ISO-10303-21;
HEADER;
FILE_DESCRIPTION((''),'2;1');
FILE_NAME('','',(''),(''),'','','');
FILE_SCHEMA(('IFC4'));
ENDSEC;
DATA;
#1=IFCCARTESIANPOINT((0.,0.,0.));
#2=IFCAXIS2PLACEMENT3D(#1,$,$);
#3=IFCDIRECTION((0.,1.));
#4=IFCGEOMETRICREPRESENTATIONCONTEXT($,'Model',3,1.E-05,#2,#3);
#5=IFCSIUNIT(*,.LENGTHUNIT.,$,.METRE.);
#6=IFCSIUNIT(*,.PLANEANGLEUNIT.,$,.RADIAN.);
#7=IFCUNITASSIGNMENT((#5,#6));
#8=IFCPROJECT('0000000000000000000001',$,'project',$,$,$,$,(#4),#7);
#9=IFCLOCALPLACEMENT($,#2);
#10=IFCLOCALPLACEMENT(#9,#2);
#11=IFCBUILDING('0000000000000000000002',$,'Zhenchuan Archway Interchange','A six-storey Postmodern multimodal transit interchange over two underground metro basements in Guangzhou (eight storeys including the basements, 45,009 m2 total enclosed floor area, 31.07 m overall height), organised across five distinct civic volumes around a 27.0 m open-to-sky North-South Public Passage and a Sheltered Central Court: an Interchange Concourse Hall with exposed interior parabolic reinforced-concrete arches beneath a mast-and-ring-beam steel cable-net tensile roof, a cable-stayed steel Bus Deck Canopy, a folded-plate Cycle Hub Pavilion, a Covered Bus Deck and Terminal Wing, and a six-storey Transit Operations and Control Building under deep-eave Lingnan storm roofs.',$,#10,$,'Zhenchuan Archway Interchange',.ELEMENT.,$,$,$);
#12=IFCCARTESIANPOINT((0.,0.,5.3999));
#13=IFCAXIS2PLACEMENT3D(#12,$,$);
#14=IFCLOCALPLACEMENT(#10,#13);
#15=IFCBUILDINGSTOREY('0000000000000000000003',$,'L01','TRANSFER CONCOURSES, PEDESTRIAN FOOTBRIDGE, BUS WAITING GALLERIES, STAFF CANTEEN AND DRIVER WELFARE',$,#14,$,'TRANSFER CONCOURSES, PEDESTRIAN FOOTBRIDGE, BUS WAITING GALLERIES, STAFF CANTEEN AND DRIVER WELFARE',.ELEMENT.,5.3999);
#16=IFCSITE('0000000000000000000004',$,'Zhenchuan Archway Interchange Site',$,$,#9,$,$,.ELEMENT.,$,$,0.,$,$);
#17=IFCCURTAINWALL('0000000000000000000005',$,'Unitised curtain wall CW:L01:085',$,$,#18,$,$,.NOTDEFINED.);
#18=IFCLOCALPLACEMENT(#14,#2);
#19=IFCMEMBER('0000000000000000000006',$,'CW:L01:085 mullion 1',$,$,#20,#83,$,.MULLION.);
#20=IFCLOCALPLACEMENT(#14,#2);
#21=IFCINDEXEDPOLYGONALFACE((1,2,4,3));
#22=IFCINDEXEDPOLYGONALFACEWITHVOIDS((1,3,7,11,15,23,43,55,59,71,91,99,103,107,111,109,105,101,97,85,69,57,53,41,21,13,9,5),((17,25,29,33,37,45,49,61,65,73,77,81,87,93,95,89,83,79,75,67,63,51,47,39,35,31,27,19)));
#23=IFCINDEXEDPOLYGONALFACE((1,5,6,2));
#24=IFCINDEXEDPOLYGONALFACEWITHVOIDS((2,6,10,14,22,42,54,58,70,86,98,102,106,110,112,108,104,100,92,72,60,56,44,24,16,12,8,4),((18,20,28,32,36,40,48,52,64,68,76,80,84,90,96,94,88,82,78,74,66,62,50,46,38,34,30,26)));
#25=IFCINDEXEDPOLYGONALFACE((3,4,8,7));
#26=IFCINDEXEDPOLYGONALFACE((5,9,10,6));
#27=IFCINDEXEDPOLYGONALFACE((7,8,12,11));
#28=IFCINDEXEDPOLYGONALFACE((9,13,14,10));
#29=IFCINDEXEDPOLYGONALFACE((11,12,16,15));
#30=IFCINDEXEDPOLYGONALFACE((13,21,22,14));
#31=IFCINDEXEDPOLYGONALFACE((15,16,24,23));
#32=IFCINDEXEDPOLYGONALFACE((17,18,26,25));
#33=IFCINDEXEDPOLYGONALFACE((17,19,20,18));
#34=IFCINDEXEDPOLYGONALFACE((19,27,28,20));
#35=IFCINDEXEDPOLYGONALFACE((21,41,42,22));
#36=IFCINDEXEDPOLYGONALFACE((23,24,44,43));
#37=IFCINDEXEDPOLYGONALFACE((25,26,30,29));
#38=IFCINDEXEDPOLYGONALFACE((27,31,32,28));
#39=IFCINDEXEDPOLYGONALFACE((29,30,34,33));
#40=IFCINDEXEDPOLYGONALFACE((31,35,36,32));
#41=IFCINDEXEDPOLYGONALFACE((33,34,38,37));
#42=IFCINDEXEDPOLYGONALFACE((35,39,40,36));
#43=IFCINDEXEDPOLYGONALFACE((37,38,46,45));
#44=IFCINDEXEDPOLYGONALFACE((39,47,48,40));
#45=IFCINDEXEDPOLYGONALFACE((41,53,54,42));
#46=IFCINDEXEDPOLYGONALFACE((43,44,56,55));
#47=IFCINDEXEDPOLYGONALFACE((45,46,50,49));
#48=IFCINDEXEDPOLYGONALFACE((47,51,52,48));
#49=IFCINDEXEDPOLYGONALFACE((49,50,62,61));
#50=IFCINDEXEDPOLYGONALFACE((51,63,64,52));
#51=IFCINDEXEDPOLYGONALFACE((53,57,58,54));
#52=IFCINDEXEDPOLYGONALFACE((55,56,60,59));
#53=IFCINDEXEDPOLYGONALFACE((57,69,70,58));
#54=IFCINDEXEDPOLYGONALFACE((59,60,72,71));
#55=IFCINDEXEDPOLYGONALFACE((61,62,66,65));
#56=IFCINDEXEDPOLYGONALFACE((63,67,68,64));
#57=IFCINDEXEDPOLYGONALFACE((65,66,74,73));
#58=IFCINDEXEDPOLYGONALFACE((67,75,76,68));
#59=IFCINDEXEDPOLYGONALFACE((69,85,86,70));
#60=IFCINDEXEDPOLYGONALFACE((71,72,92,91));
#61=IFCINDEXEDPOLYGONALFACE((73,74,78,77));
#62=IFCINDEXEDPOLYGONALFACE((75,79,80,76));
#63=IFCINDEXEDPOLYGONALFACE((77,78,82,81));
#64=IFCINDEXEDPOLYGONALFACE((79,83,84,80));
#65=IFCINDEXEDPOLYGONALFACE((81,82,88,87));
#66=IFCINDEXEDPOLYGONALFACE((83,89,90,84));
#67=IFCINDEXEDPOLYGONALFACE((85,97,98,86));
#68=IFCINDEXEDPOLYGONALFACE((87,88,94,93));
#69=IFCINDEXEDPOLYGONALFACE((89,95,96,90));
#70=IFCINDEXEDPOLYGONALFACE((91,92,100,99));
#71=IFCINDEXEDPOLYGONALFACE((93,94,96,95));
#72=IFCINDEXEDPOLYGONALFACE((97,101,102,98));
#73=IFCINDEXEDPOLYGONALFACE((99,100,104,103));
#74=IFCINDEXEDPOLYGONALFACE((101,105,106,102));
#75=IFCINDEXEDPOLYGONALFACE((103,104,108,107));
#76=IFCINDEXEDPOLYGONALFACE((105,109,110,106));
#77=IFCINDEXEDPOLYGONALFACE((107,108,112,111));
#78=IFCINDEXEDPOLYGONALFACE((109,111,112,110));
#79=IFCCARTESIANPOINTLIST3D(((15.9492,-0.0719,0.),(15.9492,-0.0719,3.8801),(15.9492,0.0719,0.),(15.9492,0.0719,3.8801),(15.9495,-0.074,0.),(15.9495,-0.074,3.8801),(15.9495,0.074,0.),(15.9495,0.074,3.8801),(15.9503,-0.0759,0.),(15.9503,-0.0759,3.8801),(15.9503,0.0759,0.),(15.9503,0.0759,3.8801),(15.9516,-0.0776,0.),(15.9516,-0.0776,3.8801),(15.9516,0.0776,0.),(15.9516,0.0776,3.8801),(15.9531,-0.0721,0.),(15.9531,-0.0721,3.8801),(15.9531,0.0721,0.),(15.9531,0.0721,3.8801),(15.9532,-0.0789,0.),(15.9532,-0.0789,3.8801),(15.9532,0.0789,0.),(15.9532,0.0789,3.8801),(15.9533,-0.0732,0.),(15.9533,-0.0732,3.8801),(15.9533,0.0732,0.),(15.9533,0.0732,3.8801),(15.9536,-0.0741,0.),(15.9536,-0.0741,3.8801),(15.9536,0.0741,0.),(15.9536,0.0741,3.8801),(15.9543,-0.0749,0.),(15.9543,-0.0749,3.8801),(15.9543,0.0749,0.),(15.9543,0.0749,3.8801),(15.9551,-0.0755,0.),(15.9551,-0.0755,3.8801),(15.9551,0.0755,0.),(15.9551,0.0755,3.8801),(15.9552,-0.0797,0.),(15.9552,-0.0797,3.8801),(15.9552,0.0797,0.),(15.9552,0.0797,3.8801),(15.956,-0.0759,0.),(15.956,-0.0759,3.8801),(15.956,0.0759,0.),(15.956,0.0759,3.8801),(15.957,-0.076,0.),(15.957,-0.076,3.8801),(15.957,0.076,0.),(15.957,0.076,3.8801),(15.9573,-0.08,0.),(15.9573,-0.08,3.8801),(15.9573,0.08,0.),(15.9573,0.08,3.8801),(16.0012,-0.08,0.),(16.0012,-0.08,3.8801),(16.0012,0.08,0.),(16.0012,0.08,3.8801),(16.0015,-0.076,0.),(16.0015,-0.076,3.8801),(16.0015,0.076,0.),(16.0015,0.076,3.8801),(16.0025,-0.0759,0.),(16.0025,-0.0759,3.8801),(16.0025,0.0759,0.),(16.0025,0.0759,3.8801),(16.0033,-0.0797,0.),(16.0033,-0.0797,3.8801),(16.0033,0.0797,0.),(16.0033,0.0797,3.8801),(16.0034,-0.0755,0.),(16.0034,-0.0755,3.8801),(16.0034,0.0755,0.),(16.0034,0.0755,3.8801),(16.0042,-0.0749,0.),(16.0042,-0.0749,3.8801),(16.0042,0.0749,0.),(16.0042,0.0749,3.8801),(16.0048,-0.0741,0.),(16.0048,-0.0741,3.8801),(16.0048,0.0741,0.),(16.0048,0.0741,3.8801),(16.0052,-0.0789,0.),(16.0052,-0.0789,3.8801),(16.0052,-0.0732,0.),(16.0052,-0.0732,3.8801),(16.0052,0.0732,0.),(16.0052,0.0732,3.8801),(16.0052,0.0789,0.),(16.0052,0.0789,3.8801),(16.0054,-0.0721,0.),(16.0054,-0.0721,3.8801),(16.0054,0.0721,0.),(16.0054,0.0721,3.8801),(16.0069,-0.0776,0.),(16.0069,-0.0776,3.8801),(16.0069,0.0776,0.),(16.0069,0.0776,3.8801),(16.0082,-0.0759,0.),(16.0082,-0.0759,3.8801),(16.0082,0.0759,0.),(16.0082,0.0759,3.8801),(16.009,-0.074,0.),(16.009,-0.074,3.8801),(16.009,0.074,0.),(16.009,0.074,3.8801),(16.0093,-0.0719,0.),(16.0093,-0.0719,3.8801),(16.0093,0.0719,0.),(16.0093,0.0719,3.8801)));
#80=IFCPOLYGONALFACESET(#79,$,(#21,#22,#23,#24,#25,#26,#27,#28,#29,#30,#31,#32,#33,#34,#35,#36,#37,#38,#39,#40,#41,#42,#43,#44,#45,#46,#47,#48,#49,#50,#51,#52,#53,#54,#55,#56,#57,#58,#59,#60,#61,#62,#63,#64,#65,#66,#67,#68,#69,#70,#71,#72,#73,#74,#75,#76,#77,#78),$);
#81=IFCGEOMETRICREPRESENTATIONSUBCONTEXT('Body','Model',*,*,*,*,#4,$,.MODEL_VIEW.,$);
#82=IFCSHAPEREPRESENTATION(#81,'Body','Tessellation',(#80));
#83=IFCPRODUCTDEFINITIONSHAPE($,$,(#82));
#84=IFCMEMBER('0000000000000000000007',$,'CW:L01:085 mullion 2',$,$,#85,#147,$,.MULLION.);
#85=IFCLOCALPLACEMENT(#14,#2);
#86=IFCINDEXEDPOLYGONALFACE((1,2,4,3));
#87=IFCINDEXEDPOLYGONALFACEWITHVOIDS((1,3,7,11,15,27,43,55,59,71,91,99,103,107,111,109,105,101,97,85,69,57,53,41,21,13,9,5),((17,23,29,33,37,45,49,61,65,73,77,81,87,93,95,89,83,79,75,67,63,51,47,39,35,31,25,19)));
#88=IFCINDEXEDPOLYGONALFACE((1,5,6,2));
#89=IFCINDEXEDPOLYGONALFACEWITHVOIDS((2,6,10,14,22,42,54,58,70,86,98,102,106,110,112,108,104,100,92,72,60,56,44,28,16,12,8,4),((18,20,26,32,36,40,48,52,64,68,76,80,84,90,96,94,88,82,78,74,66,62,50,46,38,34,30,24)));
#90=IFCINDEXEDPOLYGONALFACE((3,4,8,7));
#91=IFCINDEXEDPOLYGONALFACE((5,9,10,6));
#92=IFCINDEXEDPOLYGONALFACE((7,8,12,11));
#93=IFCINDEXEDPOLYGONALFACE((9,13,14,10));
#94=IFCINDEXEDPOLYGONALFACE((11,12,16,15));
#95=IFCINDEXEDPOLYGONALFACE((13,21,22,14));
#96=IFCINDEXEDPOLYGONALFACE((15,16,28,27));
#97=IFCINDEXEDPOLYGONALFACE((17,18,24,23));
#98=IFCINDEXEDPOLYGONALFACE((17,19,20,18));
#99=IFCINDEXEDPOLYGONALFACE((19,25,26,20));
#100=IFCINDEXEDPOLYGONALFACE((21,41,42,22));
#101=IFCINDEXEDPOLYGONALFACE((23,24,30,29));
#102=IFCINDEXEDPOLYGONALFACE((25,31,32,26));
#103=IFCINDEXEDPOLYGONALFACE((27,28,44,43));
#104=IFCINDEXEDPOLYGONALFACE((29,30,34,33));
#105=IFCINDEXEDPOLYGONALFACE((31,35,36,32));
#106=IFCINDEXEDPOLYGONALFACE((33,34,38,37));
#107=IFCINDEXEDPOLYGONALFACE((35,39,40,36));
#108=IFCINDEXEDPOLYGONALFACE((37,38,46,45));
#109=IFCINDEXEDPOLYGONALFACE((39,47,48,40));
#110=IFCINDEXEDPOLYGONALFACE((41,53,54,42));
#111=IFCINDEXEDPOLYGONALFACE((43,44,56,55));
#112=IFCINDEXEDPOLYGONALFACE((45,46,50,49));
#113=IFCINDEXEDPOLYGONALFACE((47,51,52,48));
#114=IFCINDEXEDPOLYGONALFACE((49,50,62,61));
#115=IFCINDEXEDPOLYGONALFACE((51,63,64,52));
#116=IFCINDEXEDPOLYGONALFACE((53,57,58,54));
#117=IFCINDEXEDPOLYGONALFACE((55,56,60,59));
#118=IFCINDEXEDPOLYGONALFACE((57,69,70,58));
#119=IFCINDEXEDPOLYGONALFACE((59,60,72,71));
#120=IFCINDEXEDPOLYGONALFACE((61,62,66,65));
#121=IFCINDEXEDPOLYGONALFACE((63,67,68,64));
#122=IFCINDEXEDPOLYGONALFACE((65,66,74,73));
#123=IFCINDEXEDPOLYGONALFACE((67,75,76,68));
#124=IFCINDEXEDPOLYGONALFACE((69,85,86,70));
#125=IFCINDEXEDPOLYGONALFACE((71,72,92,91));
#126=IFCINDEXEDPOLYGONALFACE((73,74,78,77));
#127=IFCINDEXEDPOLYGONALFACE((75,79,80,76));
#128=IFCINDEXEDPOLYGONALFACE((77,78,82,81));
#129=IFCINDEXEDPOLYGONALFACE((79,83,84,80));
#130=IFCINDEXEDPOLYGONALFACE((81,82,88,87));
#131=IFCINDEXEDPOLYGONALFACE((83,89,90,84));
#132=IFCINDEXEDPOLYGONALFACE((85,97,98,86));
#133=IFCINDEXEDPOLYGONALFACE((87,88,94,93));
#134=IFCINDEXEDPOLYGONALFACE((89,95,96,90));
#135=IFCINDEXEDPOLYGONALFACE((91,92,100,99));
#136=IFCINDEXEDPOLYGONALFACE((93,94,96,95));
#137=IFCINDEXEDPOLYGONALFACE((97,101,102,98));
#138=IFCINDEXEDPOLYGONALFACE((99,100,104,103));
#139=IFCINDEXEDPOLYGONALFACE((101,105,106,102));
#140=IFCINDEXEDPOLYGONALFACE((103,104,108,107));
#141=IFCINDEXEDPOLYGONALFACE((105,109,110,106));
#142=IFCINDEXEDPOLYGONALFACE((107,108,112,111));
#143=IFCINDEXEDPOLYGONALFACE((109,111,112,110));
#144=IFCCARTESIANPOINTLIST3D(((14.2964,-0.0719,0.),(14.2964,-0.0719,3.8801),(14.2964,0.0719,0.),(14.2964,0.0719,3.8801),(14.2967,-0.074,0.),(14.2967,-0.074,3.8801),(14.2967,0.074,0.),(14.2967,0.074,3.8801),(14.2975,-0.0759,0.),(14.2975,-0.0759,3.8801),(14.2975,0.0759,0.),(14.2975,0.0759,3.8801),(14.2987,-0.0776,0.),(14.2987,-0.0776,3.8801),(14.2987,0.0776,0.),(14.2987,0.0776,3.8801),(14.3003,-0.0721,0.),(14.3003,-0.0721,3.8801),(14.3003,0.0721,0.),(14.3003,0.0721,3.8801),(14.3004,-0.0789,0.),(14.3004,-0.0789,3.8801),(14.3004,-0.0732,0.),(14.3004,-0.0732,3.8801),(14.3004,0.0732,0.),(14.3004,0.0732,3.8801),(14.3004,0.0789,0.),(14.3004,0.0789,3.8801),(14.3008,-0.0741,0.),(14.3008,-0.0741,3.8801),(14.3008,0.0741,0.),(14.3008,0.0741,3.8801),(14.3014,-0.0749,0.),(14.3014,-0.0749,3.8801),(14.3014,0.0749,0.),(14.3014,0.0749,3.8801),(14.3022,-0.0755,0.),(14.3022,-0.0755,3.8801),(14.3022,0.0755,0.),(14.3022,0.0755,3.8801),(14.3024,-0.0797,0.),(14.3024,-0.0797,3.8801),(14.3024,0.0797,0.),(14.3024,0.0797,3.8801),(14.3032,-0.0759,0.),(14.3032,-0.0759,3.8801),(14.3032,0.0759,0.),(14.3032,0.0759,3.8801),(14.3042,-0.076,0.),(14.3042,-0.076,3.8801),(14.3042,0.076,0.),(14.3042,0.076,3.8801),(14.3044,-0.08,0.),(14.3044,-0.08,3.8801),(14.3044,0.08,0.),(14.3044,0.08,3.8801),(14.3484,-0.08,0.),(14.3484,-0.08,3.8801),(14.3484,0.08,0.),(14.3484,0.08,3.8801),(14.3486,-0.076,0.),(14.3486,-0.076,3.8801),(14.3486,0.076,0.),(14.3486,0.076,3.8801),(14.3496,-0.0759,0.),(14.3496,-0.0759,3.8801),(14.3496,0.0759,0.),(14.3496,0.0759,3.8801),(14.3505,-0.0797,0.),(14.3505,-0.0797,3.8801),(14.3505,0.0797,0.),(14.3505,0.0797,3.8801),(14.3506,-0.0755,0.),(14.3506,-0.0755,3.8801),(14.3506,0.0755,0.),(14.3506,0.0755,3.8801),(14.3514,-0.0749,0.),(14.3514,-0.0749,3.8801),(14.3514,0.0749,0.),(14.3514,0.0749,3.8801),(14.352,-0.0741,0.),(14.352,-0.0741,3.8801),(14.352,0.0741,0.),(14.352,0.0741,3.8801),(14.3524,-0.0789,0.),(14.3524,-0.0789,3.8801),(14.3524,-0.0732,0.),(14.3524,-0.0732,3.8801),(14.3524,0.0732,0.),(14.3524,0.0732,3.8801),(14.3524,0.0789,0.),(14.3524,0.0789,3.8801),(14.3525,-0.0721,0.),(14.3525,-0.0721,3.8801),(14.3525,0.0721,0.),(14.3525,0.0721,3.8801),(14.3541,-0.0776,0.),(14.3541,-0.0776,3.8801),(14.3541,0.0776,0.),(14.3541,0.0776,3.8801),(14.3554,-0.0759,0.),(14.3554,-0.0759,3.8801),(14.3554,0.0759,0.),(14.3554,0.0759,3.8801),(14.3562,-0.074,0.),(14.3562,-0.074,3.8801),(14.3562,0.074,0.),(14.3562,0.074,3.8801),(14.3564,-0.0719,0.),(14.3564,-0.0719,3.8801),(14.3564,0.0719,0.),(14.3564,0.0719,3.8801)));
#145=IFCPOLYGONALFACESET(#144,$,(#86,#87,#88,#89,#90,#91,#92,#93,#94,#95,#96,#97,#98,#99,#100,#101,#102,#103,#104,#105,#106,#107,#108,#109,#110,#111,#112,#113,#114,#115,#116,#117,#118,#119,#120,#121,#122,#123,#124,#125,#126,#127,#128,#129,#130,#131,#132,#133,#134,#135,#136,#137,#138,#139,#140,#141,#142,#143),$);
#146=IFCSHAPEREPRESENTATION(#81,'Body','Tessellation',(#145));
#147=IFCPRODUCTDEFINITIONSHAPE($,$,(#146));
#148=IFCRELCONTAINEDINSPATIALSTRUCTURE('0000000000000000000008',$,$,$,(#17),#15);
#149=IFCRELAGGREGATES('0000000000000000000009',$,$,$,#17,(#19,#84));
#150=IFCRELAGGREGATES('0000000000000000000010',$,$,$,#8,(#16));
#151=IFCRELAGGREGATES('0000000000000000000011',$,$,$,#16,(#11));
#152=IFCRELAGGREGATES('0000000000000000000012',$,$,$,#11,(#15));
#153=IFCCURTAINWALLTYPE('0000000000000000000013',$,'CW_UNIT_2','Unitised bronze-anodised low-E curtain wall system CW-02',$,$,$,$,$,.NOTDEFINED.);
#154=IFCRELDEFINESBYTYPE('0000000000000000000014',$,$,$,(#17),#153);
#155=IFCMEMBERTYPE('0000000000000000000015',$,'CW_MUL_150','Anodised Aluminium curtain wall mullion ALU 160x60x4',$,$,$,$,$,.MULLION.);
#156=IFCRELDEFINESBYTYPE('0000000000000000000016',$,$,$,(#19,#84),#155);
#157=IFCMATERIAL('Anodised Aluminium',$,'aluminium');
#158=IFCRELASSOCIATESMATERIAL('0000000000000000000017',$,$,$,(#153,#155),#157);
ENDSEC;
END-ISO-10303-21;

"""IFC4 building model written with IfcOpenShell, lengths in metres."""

from ifc_helpers import new_model, si_unit, direction, frame, origin, origin_2d, place, context, subcontext, project, spatial, hollow_rectangle, extrude, material, material_profile, profile_set, type_object, element, aggregate, save


model = new_model("IFC4")

# Units and contexts
model_context = context("Model", 3, precision=1e-05, world=origin(), true_north=direction((0.0, 1.0)))
body_context = subcontext(model_context, "Body", "Model", "MODEL_VIEW")
ifc_project = project(units=[si_unit("LENGTHUNIT", "METRE"), si_unit("PLANEANGLEUNIT", "RADIAN")], contexts=[model_context])

# Site, building, storey
site_placement = place(None, origin())
site = spatial("IfcSite", under=ifc_project, at=site_placement, Name="Zhenchuan Archway Interchange Site", CompositionType="ELEMENT", RefElevation=0.0)
building_placement = place(site_placement, origin())
building = spatial("IfcBuilding", under=site, at=building_placement, Name="Zhenchuan Archway Interchange", Description="A six-storey Postmodern multimodal transit interchange over two underground metro basements in Guangzhou (eight storeys including the basements, 45,009 m2 total enclosed floor area, 31.07 m overall height), organised across five distinct civic volumes around a 27.0 m open-to-sky North-South Public Passage and a Sheltered Central Court: an Interchange Concourse Hall with exposed interior parabolic reinforced-concrete arches beneath a mast-and-ring-beam steel cable-net tensile roof, a cable-stayed steel Bus Deck Canopy, a folded-plate Cycle Hub Pavilion, a Covered Bus Deck and Terminal Wing, and a six-storey Transit Operations and Control Building under deep-eave Lingnan storm roofs.", LongName="Zhenchuan Archway Interchange", CompositionType="ELEMENT")
storey_placement = place(building_placement, frame((0.0, 0.0, 5.3999)))
storey = spatial("IfcBuildingStorey", under=building, at=storey_placement, Name="L01", Description="TRANSFER CONCOURSES, PEDESTRIAN FOOTBRIDGE, BUS WAITING GALLERIES, STAFF CANTEEN AND DRIVER WELFARE", LongName="TRANSFER CONCOURSES, PEDESTRIAN FOOTBRIDGE, BUS WAITING GALLERIES, STAFF CANTEEN AND DRIVER WELFARE", CompositionType="ELEMENT", Elevation=5.3999)

# Curtain wall, members
ifc_material_1 = material(Name="Anodised Aluminium", Category="aluminium")
curtain_wall_type = type_object("IfcCurtainWallType", Name="CW_UNIT_2", Description="Unitised bronze-anodised low-E curtain wall system CW-02", PredefinedType="NOTDEFINED", material=ifc_material_1)
curtain_wall_placement = place(storey_placement, origin())
curtain_wall = element("IfcCurtainWall", 1, at=curtain_wall_placement, inside=storey, type_object=curtain_wall_type, Name="Unitised curtain wall CW:L01:085", PredefinedType="NOTDEFINED")
ifc_material_profile_1 = material_profile(ifc_material_1, hollow_rectangle(XDim=0.0601, YDim=0.1599, WallThickness=0.0039, InnerFilletRadius=0.0039, OuterFilletRadius=0.0081, at=origin_2d()), Name="ALU 160x60x4")
ifc_profile_set_1 = profile_set([ifc_material_profile_1], Name="Anodised Aluminium")
member_type_1 = type_object("IfcMemberType", Name="CW_MUL_150", Description="Anodised Aluminium curtain wall mullion ALU 160x60x4", PredefinedType="MULLION", material=ifc_profile_set_1)
member_1_placement = place(storey_placement, frame((15.9792, 0.0, 0.0), z_axis=(0.0, 0.0, 1.0), x_axis=(1.0, 0.0, 0.0)))
member_1 = element("IfcMember", 2, at=member_1_placement, type_object=member_type_1, Name="CW:L01:085 mullion 1", PredefinedType="MULLION", context=body_context, shape_type="SweptSolid", body=[
    extrude(hollow_rectangle(XDim=0.0601, YDim=0.1599, WallThickness=0.0039, InnerFilletRadius=0.0039, OuterFilletRadius=0.0081, at=origin_2d()), origin(), (0.0, 0.0, 1.0), 3.8801),
])
member_2_placement = place(storey_placement, frame((14.3264, 0.0, 0.0), z_axis=(0.0, 0.0, 1.0), x_axis=(1.0, 0.0, 0.0)))
member_2 = element("IfcMember", 3, at=member_2_placement, type_object=member_type_1, Name="CW:L01:085 mullion 2", PredefinedType="MULLION", context=body_context, shape_type="SweptSolid", body=[
    extrude(hollow_rectangle(XDim=0.0601, YDim=0.1599, WallThickness=0.0039, InnerFilletRadius=0.0039, OuterFilletRadius=0.0081, at=origin_2d()), origin(), (0.0, 0.0, 1.0), 3.8801),
])

aggregate(curtain_wall, [member_1, member_2])

save(model, "model.ifc")
